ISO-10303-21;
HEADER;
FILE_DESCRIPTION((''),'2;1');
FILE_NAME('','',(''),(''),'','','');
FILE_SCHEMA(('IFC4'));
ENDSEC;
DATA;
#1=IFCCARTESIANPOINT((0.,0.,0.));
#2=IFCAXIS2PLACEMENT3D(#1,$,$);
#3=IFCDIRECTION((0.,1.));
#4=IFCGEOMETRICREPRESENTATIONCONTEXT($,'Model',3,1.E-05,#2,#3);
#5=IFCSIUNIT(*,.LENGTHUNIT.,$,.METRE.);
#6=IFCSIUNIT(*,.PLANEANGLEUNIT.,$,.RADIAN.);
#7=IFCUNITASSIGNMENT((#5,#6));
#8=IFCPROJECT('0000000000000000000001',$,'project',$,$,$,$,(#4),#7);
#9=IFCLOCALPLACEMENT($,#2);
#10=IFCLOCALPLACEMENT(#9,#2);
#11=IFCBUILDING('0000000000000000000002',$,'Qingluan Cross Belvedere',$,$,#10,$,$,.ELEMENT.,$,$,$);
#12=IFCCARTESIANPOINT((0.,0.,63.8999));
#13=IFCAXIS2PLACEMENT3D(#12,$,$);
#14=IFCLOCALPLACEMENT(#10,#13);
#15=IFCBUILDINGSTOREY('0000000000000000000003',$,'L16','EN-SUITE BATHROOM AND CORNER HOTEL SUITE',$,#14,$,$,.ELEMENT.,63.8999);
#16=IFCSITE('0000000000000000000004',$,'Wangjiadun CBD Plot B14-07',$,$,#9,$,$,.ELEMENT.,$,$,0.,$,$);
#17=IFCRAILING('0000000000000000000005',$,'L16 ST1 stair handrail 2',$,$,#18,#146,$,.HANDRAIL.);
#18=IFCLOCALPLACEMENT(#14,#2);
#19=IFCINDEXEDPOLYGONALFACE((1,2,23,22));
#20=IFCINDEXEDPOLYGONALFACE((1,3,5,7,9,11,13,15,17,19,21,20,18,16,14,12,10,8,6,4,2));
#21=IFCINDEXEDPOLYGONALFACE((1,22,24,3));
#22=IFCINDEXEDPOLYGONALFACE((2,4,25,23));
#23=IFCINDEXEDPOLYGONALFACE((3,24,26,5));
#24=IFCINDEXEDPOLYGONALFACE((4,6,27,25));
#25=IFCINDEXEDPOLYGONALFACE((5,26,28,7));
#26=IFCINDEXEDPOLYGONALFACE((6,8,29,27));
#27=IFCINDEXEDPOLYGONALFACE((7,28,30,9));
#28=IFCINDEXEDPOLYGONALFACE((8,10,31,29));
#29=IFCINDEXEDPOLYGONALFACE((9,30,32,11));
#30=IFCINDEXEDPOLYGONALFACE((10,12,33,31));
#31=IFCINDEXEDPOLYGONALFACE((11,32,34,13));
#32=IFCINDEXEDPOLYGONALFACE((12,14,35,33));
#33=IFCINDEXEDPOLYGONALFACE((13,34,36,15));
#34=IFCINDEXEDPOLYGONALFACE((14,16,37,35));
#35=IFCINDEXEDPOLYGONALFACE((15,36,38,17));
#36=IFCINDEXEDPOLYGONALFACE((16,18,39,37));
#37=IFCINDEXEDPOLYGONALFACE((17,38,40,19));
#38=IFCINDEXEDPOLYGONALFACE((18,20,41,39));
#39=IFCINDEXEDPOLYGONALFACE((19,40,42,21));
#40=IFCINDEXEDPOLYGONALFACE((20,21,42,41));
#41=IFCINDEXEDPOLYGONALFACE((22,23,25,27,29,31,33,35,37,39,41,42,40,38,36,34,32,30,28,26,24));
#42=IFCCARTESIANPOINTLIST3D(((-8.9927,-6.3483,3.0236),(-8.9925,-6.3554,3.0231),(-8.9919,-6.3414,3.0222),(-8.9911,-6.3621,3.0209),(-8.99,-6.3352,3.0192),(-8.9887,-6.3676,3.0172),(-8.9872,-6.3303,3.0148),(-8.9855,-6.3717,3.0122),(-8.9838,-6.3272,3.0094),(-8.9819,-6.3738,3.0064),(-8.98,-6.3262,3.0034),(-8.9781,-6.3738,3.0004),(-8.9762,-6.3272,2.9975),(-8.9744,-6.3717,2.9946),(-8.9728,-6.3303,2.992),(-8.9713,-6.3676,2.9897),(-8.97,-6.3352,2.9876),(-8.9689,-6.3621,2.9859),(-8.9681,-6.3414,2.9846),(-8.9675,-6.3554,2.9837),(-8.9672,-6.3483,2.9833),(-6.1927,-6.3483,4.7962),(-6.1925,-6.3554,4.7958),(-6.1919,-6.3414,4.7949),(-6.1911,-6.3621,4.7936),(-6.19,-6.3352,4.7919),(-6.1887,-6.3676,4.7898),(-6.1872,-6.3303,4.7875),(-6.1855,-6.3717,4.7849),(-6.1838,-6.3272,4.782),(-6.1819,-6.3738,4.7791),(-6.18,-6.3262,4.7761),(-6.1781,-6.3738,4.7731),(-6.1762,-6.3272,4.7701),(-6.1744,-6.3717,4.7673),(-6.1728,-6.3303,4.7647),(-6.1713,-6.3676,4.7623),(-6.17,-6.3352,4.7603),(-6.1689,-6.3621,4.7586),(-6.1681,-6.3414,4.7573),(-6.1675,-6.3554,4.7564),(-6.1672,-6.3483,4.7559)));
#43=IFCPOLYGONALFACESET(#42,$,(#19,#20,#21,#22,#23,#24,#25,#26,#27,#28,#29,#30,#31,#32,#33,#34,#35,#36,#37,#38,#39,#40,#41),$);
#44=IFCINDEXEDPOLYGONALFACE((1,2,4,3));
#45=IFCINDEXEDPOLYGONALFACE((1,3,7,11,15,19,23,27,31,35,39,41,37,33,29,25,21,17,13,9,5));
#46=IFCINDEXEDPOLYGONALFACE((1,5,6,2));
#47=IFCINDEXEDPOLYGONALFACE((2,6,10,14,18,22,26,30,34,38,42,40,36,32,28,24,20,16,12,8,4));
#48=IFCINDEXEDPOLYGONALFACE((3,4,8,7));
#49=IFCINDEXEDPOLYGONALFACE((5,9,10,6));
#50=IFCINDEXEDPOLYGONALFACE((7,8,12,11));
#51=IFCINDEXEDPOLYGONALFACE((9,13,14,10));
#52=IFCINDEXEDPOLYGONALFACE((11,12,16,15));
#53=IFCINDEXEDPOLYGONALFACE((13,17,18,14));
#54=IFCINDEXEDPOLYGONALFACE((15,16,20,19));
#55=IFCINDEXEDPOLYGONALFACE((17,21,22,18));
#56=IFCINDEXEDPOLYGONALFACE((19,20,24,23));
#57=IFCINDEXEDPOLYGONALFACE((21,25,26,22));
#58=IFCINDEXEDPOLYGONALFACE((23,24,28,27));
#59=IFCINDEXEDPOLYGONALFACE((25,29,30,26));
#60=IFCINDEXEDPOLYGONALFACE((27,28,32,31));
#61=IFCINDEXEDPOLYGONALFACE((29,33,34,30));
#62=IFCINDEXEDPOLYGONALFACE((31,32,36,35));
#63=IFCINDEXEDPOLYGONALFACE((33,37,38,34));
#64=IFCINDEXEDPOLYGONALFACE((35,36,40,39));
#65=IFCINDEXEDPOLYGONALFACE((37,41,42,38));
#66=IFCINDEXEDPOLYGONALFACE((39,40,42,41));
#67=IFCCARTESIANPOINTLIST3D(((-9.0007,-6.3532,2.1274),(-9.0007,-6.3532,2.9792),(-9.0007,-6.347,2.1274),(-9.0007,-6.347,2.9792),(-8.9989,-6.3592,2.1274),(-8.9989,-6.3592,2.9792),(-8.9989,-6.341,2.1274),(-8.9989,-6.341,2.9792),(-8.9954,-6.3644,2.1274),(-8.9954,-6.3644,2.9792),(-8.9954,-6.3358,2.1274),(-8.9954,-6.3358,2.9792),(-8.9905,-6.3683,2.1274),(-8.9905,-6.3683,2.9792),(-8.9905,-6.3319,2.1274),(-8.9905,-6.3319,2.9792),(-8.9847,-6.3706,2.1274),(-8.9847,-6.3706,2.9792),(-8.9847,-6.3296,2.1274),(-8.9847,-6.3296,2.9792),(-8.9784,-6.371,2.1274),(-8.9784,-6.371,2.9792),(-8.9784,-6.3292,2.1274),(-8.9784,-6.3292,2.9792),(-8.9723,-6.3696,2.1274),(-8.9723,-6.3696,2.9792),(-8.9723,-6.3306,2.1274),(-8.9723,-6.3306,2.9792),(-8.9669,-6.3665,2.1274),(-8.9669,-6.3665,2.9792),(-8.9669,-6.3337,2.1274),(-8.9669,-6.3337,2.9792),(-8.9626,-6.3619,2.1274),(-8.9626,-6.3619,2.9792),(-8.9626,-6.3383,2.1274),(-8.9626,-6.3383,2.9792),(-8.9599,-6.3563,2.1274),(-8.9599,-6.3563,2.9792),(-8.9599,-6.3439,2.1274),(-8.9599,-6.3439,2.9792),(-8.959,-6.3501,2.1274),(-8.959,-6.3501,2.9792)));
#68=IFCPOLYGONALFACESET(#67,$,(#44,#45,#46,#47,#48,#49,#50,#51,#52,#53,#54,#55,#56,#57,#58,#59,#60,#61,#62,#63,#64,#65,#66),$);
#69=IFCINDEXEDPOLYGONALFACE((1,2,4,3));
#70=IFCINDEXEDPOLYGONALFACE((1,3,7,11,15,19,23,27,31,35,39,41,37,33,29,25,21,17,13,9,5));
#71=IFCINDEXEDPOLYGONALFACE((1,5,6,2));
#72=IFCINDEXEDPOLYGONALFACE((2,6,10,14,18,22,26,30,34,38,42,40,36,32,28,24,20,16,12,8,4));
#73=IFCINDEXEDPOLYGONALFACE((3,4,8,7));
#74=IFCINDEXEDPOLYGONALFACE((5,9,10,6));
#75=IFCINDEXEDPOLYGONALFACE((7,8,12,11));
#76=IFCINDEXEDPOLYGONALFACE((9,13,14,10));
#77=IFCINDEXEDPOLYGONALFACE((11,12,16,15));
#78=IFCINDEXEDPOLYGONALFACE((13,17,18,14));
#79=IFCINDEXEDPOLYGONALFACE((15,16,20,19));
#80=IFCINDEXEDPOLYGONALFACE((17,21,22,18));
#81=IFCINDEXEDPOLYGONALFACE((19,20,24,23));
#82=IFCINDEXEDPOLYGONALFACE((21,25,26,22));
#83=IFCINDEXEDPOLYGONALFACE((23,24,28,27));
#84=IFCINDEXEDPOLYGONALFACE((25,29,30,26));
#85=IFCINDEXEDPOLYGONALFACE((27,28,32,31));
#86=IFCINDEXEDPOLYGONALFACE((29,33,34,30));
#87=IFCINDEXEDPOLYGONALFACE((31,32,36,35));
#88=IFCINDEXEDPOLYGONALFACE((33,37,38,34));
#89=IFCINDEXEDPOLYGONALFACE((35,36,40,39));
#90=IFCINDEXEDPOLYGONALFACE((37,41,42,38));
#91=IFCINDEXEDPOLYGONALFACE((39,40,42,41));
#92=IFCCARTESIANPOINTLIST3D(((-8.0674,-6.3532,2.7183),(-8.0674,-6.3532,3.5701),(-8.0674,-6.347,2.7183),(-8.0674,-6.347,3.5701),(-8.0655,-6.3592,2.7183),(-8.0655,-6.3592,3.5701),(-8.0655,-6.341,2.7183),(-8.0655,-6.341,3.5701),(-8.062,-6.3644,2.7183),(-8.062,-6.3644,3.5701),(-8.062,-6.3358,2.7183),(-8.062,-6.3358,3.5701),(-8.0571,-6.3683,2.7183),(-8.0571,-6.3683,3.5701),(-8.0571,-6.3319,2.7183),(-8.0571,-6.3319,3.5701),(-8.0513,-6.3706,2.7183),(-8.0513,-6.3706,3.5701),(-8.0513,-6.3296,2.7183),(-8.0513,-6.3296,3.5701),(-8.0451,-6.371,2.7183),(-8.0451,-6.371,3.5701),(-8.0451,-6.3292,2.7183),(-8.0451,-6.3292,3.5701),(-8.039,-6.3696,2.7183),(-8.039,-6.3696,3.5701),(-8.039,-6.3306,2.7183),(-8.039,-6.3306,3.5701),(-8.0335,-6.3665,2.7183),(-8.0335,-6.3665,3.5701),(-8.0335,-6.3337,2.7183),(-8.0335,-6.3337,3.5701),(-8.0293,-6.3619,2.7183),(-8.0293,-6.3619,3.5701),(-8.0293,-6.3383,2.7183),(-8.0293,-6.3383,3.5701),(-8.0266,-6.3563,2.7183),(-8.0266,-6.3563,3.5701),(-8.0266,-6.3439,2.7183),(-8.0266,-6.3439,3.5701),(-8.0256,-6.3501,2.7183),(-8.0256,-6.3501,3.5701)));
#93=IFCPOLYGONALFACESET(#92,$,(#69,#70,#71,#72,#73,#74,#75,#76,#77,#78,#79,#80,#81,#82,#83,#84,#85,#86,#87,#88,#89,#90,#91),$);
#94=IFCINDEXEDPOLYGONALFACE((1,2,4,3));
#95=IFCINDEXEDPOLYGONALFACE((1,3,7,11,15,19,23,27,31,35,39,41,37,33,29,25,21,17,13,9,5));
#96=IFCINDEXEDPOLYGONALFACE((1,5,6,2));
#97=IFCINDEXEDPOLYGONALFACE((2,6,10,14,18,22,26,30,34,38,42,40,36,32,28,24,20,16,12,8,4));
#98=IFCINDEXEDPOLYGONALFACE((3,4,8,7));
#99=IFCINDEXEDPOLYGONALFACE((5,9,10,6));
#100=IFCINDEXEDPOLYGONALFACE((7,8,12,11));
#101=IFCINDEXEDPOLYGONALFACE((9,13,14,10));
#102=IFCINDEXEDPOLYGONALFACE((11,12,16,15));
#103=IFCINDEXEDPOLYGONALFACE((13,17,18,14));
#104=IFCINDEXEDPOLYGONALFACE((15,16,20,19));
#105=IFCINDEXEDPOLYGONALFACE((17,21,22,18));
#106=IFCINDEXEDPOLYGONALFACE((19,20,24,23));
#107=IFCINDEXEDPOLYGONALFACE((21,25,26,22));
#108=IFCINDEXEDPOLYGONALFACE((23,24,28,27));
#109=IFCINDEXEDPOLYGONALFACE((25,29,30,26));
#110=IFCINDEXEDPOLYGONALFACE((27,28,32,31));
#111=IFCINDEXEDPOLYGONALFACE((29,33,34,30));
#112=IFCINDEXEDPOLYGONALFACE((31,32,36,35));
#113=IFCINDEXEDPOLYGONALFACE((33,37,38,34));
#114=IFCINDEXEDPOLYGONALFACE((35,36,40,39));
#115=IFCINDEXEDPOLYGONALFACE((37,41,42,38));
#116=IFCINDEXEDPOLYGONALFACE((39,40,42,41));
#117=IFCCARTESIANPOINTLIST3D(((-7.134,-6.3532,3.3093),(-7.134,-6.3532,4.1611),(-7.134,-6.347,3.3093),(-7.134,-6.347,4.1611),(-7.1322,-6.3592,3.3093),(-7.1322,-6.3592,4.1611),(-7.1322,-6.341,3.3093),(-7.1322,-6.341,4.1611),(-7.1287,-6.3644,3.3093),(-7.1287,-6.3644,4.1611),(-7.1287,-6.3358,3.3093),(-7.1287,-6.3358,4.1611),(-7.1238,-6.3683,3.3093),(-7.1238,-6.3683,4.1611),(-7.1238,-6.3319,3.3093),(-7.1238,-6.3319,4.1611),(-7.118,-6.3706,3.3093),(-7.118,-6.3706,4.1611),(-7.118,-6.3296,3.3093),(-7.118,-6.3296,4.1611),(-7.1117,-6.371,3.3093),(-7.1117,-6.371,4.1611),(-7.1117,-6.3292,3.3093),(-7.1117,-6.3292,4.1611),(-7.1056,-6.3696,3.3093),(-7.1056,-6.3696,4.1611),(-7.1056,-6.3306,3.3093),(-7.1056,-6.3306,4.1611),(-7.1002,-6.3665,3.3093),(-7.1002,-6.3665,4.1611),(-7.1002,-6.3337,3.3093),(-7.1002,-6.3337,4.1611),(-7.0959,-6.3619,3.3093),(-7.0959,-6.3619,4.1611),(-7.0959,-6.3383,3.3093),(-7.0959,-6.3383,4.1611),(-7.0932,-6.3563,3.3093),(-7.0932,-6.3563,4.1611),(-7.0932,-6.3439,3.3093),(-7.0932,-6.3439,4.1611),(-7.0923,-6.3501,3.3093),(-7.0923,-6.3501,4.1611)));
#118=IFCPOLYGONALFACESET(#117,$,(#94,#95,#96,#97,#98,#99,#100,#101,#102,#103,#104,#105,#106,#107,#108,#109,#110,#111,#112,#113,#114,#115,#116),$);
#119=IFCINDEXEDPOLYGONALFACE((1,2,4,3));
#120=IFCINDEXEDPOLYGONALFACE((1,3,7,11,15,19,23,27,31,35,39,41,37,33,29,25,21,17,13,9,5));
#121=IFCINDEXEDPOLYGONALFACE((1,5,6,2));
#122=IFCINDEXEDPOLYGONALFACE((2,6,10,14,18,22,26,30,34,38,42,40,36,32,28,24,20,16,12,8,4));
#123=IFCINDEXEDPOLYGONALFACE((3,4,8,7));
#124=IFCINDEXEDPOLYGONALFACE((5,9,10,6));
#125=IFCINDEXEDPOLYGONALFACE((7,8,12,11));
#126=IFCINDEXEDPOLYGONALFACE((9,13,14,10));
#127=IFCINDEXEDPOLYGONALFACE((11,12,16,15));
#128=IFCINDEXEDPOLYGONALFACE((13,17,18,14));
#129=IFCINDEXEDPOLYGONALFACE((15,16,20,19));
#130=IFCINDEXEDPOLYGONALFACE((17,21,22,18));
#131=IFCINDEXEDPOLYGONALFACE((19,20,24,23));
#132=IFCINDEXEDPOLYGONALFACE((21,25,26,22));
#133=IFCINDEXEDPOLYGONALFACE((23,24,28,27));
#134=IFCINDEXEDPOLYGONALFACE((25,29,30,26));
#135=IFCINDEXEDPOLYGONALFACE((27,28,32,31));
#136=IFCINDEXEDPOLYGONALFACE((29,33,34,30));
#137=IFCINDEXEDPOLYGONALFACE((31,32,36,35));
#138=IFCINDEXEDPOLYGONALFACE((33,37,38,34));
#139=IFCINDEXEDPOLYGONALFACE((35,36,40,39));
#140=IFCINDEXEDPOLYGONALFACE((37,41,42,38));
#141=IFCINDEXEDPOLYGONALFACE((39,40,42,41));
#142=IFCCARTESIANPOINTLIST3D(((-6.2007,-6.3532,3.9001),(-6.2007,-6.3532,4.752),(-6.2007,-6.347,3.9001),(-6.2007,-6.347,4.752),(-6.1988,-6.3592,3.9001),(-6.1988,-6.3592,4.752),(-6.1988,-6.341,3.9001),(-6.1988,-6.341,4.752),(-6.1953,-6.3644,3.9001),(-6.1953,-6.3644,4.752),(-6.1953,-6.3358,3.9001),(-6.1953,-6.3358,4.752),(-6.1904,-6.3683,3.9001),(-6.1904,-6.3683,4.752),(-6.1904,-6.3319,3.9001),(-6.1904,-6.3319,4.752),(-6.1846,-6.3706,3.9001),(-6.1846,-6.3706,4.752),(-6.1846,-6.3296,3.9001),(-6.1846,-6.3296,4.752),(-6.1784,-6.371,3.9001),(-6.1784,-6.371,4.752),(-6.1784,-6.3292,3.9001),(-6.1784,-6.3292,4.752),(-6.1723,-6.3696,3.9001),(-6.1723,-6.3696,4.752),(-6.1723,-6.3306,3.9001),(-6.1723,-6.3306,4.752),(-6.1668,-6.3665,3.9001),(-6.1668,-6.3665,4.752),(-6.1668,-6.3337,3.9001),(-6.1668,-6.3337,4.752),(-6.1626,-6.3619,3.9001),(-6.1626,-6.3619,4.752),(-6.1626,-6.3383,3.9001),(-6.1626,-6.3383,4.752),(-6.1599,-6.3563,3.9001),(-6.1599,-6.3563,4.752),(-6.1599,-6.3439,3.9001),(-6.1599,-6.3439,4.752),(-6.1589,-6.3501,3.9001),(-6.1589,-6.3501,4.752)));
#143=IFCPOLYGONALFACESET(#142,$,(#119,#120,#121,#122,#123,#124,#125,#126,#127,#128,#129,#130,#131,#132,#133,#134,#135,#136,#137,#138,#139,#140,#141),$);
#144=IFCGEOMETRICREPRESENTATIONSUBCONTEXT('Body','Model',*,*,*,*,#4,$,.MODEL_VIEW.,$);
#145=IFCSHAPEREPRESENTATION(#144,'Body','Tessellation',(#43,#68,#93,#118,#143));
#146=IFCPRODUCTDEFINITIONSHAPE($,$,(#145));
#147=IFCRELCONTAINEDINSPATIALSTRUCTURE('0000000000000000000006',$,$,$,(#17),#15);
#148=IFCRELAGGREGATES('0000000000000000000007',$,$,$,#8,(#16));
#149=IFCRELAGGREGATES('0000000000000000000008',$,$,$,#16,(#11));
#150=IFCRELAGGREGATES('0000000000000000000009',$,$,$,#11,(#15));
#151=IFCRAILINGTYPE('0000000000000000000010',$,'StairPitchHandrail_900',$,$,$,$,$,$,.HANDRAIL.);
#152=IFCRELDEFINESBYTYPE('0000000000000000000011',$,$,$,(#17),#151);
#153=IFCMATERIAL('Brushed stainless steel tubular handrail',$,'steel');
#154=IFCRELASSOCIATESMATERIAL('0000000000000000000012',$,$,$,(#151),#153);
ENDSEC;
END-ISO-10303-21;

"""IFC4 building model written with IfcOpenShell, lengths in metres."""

from ifc_helpers import new_model, si_unit, direction, frame, origin, origin_2d, place, context, subcontext, project, spatial, circle, extrude, material, type_object, element, save


model = new_model("IFC4")

# Units and contexts
model_context = context("Model", 3, precision=1e-05, world=origin(), true_north=direction((0.0, 1.0)))
body_context = subcontext(model_context, "Body", "Model", "MODEL_VIEW")
ifc_project = project(units=[si_unit("LENGTHUNIT", "METRE"), si_unit("PLANEANGLEUNIT", "RADIAN")], contexts=[model_context])

# Site, building, storey
site_placement = place(None, origin())
site = spatial("IfcSite", under=ifc_project, at=site_placement, Name="Wangjiadun CBD Plot B14-07", CompositionType="ELEMENT", RefElevation=0.0)
building_placement = place(site_placement, origin())
building = spatial("IfcBuilding", under=site, at=building_placement, Name="Qingluan Cross Belvedere", CompositionType="ELEMENT")
storey_placement = place(building_placement, frame((0.0, 0.0, 63.8999)))
storey = spatial("IfcBuildingStorey", under=building, at=storey_placement, Name="L16", Description="EN-SUITE BATHROOM AND CORNER HOTEL SUITE", CompositionType="ELEMENT", Elevation=63.8999)

# Railing
ifc_material_1 = material(Name="Brushed stainless steel tubular handrail", Category="steel")
railing_type_1 = type_object("IfcRailingType", Name="StairPitchHandrail_900", PredefinedType="HANDRAIL", material=ifc_material_1)
railing_1_placement = place(storey_placement, frame((-8.98, -6.3501, 2.1274)))
element("IfcRailing", 1, at=railing_1_placement, inside=storey, type_object=railing_type_1, Name="L16 ST1 stair handrail 2", PredefinedType="HANDRAIL", context=body_context, shape_type="SweptSolid", body=[
    extrude(circle(Radius=0.0239, at=origin_2d()), frame((0.0, 0.0, 0.876), z_axis=(0.844909, 0.0, 0.53491), x_axis=(0.0, 1.0, 0.0)), (0.0, 0.0, 1.0), 3.314),
    extrude(circle(Radius=0.021, at=origin_2d()), origin(), (0.0, 0.0, 1.0), 0.8518),
    extrude(circle(Radius=0.021, at=origin_2d()), frame((0.9333, 0.0, 0.5908)), (0.0, 0.0, 1.0), 0.8518),
    extrude(circle(Radius=0.021, at=origin_2d()), frame((1.8667, 0.0, 1.1819)), (0.0, 0.0, 1.0), 0.8518),
    extrude(circle(Radius=0.021, at=origin_2d()), frame((2.8, 0.0, 1.7727)), (0.0, 0.0, 1.0), 0.8518),
])

save(model, "model.ifc")
